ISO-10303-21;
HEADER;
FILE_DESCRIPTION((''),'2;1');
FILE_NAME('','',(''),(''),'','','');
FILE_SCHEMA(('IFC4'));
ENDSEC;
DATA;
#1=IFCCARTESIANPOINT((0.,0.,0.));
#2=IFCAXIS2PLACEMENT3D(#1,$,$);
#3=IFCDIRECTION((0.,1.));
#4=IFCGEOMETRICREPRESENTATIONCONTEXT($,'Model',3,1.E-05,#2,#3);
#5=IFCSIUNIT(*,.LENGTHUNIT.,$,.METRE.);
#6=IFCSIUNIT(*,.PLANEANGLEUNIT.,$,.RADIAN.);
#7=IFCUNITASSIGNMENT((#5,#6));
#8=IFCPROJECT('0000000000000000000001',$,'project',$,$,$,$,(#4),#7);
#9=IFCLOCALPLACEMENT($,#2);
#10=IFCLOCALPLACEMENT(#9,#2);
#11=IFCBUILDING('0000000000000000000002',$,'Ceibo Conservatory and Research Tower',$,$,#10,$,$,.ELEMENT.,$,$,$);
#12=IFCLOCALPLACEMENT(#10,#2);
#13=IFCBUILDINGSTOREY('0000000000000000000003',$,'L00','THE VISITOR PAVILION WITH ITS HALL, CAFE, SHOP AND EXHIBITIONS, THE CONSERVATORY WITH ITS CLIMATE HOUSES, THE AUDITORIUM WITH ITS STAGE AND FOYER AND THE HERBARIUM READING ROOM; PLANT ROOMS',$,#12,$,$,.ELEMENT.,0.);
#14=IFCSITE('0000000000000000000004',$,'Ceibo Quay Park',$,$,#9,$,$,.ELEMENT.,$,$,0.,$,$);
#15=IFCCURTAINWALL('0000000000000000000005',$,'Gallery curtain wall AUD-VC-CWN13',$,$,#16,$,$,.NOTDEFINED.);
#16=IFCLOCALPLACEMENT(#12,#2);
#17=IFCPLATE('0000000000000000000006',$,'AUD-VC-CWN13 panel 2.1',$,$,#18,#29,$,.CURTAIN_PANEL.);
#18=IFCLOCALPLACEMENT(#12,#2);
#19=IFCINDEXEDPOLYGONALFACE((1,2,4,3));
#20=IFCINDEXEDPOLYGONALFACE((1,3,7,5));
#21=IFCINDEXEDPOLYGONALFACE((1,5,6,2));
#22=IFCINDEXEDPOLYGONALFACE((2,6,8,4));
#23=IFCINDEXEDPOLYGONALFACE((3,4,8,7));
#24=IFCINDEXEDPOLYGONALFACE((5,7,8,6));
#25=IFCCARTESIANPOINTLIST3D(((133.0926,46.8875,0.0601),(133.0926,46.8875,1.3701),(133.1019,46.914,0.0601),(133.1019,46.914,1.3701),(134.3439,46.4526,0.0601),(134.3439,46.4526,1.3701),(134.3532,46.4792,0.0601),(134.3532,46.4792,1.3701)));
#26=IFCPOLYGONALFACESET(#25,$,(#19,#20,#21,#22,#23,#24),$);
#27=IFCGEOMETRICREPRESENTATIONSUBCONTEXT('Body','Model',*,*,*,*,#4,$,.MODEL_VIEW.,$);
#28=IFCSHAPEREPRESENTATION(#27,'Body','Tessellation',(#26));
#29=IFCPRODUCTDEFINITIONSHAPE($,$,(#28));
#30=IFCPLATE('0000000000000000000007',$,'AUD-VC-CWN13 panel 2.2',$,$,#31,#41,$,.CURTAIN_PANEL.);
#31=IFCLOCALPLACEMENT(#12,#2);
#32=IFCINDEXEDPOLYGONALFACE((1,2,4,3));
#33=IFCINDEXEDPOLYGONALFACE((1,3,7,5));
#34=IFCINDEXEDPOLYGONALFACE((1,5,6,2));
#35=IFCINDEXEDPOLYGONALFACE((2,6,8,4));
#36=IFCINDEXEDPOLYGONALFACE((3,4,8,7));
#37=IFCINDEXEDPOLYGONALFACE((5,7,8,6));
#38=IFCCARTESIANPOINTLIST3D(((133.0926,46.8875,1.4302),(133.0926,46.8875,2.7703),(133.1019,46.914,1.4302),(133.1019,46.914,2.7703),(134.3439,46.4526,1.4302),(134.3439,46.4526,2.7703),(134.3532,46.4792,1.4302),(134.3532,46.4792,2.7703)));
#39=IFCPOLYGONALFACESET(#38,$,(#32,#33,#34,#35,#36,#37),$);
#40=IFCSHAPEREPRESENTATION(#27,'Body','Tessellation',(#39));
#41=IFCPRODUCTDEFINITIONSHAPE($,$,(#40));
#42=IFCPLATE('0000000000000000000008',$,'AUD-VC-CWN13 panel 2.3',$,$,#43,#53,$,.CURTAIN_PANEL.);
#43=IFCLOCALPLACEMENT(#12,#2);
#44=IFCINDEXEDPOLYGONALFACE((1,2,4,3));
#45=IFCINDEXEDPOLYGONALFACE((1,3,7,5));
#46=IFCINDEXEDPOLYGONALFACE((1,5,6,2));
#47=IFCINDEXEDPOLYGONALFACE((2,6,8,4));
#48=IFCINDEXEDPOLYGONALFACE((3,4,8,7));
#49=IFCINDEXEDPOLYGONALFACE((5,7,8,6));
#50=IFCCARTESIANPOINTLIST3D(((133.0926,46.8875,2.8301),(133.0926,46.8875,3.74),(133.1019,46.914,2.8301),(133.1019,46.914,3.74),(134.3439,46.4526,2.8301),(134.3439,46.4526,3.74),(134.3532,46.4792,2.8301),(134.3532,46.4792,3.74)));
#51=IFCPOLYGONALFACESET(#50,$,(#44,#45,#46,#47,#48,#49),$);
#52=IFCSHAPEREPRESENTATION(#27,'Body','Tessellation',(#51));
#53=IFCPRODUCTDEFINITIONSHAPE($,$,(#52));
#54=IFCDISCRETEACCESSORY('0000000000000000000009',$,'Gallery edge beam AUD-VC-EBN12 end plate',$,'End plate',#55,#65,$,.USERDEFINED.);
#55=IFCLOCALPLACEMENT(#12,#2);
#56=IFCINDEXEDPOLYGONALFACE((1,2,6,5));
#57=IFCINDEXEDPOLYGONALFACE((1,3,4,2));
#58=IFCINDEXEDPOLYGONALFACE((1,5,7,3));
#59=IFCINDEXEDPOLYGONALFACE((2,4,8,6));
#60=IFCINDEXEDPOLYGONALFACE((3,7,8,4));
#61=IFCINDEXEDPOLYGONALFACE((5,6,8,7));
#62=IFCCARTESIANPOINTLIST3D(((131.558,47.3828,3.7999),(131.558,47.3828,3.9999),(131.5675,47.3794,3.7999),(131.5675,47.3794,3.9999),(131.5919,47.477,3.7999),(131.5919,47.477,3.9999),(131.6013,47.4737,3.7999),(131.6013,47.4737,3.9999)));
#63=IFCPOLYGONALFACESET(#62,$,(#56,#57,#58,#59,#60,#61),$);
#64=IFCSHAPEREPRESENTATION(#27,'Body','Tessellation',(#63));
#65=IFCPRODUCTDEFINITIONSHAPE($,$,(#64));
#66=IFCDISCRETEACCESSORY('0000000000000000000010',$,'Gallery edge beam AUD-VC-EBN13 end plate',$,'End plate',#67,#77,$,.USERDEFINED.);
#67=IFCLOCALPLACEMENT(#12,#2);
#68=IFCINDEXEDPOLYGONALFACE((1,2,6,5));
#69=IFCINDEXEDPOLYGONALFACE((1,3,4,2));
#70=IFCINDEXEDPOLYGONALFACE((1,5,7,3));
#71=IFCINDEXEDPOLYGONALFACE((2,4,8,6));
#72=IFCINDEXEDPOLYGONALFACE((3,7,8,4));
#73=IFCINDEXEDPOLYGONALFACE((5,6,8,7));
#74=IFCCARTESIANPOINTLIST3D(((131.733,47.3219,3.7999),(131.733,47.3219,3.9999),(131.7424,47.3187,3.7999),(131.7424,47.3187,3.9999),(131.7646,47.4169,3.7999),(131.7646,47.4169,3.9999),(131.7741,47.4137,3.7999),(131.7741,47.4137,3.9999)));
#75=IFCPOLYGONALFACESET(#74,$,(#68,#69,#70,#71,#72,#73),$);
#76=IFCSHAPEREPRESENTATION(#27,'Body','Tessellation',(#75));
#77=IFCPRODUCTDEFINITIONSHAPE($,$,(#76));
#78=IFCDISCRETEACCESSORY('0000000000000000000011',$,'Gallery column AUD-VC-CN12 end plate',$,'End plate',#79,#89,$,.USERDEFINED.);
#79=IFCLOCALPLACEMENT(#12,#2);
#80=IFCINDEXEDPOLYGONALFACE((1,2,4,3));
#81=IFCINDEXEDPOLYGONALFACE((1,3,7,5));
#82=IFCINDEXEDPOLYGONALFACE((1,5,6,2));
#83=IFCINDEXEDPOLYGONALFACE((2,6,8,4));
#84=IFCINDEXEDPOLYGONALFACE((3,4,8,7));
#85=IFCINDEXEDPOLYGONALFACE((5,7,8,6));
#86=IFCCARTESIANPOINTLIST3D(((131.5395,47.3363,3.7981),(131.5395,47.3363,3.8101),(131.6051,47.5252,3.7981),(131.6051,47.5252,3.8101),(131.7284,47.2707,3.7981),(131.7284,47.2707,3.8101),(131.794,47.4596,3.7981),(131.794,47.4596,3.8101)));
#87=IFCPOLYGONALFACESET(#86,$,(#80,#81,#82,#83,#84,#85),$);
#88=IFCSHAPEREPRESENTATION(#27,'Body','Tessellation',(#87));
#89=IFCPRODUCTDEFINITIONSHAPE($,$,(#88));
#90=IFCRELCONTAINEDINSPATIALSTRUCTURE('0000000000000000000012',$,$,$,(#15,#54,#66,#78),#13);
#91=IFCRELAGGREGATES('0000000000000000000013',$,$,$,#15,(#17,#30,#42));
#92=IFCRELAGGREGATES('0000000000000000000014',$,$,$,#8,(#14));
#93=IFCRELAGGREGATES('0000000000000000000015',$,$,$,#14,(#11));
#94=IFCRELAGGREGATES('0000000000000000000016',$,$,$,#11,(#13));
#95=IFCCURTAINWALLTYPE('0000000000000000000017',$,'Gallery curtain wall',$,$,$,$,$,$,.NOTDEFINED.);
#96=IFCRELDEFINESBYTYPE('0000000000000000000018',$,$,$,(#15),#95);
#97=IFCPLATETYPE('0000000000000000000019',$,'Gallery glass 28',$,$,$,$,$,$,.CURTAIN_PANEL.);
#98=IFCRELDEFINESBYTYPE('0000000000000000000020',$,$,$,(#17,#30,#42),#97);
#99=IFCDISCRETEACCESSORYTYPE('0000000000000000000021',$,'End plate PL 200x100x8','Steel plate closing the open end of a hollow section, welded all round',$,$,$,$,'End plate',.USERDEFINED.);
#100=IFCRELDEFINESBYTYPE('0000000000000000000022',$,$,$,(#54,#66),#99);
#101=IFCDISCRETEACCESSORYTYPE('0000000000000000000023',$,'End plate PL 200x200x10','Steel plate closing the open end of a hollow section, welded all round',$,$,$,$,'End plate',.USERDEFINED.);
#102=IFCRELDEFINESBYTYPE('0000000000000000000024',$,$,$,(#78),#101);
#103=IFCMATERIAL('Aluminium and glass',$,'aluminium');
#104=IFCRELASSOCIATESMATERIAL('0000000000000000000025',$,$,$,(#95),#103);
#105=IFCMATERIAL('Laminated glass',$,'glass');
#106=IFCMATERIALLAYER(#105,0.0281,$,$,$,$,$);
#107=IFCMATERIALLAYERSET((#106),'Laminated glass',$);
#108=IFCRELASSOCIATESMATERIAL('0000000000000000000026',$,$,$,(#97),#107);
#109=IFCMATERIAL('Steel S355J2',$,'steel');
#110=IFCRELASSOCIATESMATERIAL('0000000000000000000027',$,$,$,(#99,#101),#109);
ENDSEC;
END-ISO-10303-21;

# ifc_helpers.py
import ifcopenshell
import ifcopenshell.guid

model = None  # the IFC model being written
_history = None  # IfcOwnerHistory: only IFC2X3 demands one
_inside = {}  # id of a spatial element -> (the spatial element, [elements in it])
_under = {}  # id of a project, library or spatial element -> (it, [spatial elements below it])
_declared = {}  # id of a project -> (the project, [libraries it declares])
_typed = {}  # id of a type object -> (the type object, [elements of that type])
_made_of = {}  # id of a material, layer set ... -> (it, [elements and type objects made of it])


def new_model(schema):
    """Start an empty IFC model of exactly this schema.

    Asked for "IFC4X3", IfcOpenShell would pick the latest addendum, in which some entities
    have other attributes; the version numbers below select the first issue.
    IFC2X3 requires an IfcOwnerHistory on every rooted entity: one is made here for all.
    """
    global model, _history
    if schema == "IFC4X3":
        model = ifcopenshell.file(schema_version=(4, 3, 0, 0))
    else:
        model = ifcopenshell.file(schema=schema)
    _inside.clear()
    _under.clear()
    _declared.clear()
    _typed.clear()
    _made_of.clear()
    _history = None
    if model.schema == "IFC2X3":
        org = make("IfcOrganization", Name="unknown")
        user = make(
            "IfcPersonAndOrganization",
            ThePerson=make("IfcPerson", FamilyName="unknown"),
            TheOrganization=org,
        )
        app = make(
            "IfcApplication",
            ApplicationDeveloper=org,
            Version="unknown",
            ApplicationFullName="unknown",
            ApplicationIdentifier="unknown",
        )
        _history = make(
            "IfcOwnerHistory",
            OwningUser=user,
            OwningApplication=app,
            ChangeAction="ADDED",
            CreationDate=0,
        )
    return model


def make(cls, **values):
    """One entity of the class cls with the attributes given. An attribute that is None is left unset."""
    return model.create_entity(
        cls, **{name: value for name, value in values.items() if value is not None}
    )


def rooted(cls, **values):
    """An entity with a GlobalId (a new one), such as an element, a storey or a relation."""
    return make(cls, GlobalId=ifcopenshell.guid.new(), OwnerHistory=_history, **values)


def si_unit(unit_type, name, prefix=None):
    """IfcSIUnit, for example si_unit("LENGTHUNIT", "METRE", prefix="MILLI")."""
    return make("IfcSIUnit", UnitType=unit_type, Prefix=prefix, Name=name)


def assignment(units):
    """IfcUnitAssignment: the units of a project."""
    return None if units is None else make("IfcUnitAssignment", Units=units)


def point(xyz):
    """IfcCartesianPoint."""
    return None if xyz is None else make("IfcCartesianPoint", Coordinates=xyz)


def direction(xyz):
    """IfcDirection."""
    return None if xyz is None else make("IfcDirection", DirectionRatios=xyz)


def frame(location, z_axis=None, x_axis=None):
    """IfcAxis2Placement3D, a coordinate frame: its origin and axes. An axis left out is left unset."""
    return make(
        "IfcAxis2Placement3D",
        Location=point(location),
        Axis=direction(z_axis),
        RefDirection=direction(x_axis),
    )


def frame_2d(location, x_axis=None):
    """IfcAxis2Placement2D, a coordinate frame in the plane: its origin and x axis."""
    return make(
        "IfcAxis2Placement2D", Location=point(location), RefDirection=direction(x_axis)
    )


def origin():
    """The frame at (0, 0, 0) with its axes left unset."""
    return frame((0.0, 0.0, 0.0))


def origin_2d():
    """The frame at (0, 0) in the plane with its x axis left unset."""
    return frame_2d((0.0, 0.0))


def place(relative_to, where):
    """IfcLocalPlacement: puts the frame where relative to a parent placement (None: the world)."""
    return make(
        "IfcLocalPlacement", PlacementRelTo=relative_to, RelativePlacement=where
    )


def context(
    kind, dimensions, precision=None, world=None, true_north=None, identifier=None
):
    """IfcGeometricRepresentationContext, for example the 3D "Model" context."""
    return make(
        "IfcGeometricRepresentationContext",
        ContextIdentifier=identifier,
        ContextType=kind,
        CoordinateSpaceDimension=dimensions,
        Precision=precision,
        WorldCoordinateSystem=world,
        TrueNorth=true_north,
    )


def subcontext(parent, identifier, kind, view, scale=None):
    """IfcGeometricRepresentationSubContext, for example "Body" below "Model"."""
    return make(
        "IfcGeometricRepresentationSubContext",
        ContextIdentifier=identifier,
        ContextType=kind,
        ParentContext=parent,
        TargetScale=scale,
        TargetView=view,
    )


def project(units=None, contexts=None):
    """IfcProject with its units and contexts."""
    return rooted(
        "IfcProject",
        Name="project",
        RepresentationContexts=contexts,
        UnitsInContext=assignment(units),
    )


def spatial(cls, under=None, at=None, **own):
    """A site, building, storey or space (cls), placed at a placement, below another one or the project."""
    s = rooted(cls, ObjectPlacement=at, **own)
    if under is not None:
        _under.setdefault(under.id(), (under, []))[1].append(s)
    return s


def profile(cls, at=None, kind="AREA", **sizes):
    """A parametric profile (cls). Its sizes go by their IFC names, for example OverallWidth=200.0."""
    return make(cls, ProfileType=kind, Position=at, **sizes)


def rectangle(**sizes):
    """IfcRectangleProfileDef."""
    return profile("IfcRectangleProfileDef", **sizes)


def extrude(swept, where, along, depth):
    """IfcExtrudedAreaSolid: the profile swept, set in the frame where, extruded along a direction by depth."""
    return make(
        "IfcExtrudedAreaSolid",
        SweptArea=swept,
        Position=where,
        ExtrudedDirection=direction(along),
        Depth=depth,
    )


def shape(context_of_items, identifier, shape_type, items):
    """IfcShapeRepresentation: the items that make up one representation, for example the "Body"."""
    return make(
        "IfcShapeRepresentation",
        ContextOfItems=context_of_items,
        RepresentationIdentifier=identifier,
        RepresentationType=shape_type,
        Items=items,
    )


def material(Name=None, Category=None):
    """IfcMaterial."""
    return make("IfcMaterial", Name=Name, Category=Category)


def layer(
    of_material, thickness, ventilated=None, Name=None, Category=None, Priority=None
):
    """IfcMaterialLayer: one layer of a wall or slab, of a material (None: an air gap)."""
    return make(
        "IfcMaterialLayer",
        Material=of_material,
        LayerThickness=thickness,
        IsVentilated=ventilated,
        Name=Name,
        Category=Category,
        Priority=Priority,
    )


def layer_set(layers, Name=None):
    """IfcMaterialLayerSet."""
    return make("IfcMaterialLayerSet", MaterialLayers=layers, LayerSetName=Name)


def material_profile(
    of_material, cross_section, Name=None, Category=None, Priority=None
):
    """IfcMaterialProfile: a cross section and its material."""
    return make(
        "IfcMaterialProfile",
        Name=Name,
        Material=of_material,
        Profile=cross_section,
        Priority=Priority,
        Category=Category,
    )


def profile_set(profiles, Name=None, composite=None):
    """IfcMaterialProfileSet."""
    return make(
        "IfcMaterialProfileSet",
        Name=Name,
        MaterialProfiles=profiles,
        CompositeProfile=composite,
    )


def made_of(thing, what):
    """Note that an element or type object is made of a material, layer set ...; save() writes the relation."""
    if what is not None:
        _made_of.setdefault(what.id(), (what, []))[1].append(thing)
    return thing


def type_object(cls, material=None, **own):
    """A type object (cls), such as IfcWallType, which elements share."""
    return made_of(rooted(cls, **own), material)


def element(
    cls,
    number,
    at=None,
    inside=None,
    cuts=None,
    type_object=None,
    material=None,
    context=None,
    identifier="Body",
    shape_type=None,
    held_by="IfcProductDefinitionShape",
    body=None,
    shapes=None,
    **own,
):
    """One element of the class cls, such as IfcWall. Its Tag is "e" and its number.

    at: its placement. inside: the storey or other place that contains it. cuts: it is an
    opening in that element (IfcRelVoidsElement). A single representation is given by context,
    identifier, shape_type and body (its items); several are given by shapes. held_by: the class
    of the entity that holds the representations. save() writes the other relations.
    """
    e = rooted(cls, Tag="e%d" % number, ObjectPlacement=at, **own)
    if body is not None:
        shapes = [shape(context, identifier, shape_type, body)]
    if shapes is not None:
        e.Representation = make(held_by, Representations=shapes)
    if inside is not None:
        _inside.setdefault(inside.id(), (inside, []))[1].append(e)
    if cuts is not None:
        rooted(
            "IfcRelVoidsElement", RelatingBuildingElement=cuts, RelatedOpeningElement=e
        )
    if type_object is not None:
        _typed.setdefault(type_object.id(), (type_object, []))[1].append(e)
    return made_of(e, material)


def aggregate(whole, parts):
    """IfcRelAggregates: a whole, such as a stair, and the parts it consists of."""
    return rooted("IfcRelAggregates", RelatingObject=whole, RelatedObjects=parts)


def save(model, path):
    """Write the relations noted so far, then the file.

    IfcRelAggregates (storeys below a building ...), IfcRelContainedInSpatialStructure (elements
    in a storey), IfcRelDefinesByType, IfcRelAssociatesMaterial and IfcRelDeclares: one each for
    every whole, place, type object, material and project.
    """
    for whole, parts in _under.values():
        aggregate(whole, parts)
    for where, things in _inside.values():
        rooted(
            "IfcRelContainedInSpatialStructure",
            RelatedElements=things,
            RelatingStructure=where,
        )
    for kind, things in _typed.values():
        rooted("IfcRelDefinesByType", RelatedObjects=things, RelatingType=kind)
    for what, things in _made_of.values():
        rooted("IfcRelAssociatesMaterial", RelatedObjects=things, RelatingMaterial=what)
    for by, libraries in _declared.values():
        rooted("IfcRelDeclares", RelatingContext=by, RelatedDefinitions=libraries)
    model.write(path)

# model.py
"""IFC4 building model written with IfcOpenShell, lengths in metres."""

from ifc_helpers import new_model, si_unit, direction, frame, origin, origin_2d, place, context, subcontext, project, spatial, rectangle, extrude, material, layer, layer_set, material_profile, profile_set, type_object, element, aggregate, save


model = new_model("IFC4")

# Units and contexts
model_context = context("Model", 3, precision=1e-05, world=origin(), true_north=direction((0.0, 1.0)))
body_context = subcontext(model_context, "Body", "Model", "MODEL_VIEW")
ifc_project = project(units=[si_unit("LENGTHUNIT", "METRE"), si_unit("PLANEANGLEUNIT", "RADIAN")], contexts=[model_context])

# Site, building, storey
site_placement = place(None, origin())
site = spatial("IfcSite", under=ifc_project, at=site_placement, Name="Ceibo Quay Park", CompositionType="ELEMENT", RefElevation=0.0)
building_placement = place(site_placement, origin())
building = spatial("IfcBuilding", under=site, at=building_placement, Name="Ceibo Conservatory and Research Tower", CompositionType="ELEMENT")
storey_placement = place(building_placement, origin())
storey = spatial("IfcBuildingStorey", under=building, at=storey_placement, Name="L00", Description="THE VISITOR PAVILION WITH ITS HALL, CAFE, SHOP AND EXHIBITIONS, THE CONSERVATORY WITH ITS CLIMATE HOUSES, THE AUDITORIUM WITH ITS STAGE AND FOYER AND THE HERBARIUM READING ROOM; PLANT ROOMS", CompositionType="ELEMENT", Elevation=0.0)

# Curtain wall
ifc_material_1 = material(Name="Aluminium and glass", Category="aluminium")
curtain_wall_type = type_object("IfcCurtainWallType", Name="Gallery curtain wall", PredefinedType="NOTDEFINED", material=ifc_material_1)
curtain_wall_1_placement = place(storey_placement, origin())
curtain_wall_1 = element("IfcCurtainWall", 1, at=curtain_wall_1_placement, inside=storey, type_object=curtain_wall_type, Name="Gallery curtain wall AUD-VC-CWN13", PredefinedType="NOTDEFINED")

# Shared definitions
ifc_material_2 = material(Name="Steel S355J2", Category="steel")

# Plates
ifc_material_3 = material(Name="Laminated glass", Category="glass")
ifc_layer = layer(ifc_material_3, 0.0281)
ifc_layer_set = layer_set([ifc_layer], Name="Laminated glass")
plate_type = type_object("IfcPlateType", Name="Gallery glass 28", PredefinedType="CURTAIN_PANEL", material=ifc_layer_set)
plate_1_placement = place(storey_placement, frame((133.7229, 46.6833, 0.0601), z_axis=(0.0, 0.0, 1.0), x_axis=(0.944579, -0.328284, 0.0)))
plate_1 = element("IfcPlate", 2, at=plate_1_placement, type_object=plate_type, Name="AUD-VC-CWN13 panel 2.1", PredefinedType="CURTAIN_PANEL", context=body_context, shape_type="SweptSolid", body=[
    extrude(rectangle(XDim=1.3247, YDim=0.0281, at=origin_2d()), origin(), (0.0, 0.0, 1.0), 1.3101),
])
plate_2_placement = place(storey_placement, frame((133.7229, 46.6833, 1.4302), z_axis=(0.0, 0.0, 1.0), x_axis=(0.944579, -0.328284, 0.0)))
plate_2 = element("IfcPlate", 3, at=plate_2_placement, type_object=plate_type, Name="AUD-VC-CWN13 panel 2.2", PredefinedType="CURTAIN_PANEL", context=body_context, shape_type="SweptSolid", body=[
    extrude(rectangle(XDim=1.3247, YDim=0.0281, at=origin_2d()), origin(), (0.0, 0.0, 1.0), 1.3401),
])
plate_3_placement = place(storey_placement, frame((133.7229, 46.6833, 2.8301), z_axis=(0.0, 0.0, 1.0), x_axis=(0.944579, -0.328284, 0.0)))
plate_3 = element("IfcPlate", 4, at=plate_3_placement, type_object=plate_type, Name="AUD-VC-CWN13 panel 2.3", PredefinedType="CURTAIN_PANEL", context=body_context, shape_type="SweptSolid", body=[
    extrude(rectangle(XDim=1.3247, YDim=0.0281, at=origin_2d()), origin(), (0.0, 0.0, 1.0), 0.9099),
])
aggregate(curtain_wall_1, [plate_1, plate_2, plate_3])

# Discrete accessories
ifc_material_profile_1 = material_profile(ifc_material_2, rectangle(XDim=0.1001, YDim=0.2, at=origin_2d()), Name="End plate PL 200x100x8")
ifc_profile_set_1 = profile_set([ifc_material_profile_1], Name="Steel S355J2")
discrete_accessory_type_1 = type_object("IfcDiscreteAccessoryType", Name="End plate PL 200x100x8", Description="Steel plate closing the open end of a hollow section, welded all round", ElementType="End plate", PredefinedType="USERDEFINED", material=ifc_profile_set_1)
for number, where, z_axis, x_axis, name in (
    (5, (131.575, 47.4299, 3.8999), (0.941195, -0.337865, 0.0), (0.337865, 0.941195, 0.0), "Gallery edge beam AUD-VC-EBN12 end plate"),
    (6, (131.7488, 47.3694, 3.8999), (0.948683, -0.316228, 0.0), (0.316228, 0.948683, 0.0), "Gallery edge beam AUD-VC-EBN13 end plate"),
):
    element("IfcDiscreteAccessory", number, at=place(storey_placement, frame(where, z_axis=z_axis, x_axis=x_axis)), inside=storey, type_object=discrete_accessory_type_1, Name=name, ObjectType="End plate", PredefinedType="USERDEFINED", context=body_context, shape_type="SweptSolid", body=[
        extrude(rectangle(XDim=0.1001, YDim=0.2, at=origin_2d()), origin(), (0.0, 0.0, 1.0), 0.01),
    ])
ifc_material_profile_2 = material_profile(ifc_material_2, rectangle(XDim=0.2, YDim=0.2, at=origin_2d()), Name="End plate PL 200x200x10")
ifc_profile_set_2 = profile_set([ifc_material_profile_2], Name="Steel S355J2")
discrete_accessory_type_2 = type_object("IfcDiscreteAccessoryType", Name="End plate PL 200x200x10", Description="Steel plate closing the open end of a hollow section, welded all round", ElementType="End plate", PredefinedType="USERDEFINED", material=ifc_profile_set_2)
discrete_accessory_placement = place(storey_placement, frame((131.6667, 47.3979, 3.7981), z_axis=(0.0, 0.0, 1.0), x_axis=(0.944579, -0.328284, 0.0)))
element("IfcDiscreteAccessory", 7, at=discrete_accessory_placement, inside=storey, type_object=discrete_accessory_type_2, Name="Gallery column AUD-VC-CN12 end plate", ObjectType="End plate", PredefinedType="USERDEFINED", context=body_context, shape_type="SweptSolid", body=[
    extrude(rectangle(XDim=0.2, YDim=0.2, at=origin_2d()), origin(), (0.0, 0.0, 1.0), 0.012),
])

save(model, "model.ifc")
